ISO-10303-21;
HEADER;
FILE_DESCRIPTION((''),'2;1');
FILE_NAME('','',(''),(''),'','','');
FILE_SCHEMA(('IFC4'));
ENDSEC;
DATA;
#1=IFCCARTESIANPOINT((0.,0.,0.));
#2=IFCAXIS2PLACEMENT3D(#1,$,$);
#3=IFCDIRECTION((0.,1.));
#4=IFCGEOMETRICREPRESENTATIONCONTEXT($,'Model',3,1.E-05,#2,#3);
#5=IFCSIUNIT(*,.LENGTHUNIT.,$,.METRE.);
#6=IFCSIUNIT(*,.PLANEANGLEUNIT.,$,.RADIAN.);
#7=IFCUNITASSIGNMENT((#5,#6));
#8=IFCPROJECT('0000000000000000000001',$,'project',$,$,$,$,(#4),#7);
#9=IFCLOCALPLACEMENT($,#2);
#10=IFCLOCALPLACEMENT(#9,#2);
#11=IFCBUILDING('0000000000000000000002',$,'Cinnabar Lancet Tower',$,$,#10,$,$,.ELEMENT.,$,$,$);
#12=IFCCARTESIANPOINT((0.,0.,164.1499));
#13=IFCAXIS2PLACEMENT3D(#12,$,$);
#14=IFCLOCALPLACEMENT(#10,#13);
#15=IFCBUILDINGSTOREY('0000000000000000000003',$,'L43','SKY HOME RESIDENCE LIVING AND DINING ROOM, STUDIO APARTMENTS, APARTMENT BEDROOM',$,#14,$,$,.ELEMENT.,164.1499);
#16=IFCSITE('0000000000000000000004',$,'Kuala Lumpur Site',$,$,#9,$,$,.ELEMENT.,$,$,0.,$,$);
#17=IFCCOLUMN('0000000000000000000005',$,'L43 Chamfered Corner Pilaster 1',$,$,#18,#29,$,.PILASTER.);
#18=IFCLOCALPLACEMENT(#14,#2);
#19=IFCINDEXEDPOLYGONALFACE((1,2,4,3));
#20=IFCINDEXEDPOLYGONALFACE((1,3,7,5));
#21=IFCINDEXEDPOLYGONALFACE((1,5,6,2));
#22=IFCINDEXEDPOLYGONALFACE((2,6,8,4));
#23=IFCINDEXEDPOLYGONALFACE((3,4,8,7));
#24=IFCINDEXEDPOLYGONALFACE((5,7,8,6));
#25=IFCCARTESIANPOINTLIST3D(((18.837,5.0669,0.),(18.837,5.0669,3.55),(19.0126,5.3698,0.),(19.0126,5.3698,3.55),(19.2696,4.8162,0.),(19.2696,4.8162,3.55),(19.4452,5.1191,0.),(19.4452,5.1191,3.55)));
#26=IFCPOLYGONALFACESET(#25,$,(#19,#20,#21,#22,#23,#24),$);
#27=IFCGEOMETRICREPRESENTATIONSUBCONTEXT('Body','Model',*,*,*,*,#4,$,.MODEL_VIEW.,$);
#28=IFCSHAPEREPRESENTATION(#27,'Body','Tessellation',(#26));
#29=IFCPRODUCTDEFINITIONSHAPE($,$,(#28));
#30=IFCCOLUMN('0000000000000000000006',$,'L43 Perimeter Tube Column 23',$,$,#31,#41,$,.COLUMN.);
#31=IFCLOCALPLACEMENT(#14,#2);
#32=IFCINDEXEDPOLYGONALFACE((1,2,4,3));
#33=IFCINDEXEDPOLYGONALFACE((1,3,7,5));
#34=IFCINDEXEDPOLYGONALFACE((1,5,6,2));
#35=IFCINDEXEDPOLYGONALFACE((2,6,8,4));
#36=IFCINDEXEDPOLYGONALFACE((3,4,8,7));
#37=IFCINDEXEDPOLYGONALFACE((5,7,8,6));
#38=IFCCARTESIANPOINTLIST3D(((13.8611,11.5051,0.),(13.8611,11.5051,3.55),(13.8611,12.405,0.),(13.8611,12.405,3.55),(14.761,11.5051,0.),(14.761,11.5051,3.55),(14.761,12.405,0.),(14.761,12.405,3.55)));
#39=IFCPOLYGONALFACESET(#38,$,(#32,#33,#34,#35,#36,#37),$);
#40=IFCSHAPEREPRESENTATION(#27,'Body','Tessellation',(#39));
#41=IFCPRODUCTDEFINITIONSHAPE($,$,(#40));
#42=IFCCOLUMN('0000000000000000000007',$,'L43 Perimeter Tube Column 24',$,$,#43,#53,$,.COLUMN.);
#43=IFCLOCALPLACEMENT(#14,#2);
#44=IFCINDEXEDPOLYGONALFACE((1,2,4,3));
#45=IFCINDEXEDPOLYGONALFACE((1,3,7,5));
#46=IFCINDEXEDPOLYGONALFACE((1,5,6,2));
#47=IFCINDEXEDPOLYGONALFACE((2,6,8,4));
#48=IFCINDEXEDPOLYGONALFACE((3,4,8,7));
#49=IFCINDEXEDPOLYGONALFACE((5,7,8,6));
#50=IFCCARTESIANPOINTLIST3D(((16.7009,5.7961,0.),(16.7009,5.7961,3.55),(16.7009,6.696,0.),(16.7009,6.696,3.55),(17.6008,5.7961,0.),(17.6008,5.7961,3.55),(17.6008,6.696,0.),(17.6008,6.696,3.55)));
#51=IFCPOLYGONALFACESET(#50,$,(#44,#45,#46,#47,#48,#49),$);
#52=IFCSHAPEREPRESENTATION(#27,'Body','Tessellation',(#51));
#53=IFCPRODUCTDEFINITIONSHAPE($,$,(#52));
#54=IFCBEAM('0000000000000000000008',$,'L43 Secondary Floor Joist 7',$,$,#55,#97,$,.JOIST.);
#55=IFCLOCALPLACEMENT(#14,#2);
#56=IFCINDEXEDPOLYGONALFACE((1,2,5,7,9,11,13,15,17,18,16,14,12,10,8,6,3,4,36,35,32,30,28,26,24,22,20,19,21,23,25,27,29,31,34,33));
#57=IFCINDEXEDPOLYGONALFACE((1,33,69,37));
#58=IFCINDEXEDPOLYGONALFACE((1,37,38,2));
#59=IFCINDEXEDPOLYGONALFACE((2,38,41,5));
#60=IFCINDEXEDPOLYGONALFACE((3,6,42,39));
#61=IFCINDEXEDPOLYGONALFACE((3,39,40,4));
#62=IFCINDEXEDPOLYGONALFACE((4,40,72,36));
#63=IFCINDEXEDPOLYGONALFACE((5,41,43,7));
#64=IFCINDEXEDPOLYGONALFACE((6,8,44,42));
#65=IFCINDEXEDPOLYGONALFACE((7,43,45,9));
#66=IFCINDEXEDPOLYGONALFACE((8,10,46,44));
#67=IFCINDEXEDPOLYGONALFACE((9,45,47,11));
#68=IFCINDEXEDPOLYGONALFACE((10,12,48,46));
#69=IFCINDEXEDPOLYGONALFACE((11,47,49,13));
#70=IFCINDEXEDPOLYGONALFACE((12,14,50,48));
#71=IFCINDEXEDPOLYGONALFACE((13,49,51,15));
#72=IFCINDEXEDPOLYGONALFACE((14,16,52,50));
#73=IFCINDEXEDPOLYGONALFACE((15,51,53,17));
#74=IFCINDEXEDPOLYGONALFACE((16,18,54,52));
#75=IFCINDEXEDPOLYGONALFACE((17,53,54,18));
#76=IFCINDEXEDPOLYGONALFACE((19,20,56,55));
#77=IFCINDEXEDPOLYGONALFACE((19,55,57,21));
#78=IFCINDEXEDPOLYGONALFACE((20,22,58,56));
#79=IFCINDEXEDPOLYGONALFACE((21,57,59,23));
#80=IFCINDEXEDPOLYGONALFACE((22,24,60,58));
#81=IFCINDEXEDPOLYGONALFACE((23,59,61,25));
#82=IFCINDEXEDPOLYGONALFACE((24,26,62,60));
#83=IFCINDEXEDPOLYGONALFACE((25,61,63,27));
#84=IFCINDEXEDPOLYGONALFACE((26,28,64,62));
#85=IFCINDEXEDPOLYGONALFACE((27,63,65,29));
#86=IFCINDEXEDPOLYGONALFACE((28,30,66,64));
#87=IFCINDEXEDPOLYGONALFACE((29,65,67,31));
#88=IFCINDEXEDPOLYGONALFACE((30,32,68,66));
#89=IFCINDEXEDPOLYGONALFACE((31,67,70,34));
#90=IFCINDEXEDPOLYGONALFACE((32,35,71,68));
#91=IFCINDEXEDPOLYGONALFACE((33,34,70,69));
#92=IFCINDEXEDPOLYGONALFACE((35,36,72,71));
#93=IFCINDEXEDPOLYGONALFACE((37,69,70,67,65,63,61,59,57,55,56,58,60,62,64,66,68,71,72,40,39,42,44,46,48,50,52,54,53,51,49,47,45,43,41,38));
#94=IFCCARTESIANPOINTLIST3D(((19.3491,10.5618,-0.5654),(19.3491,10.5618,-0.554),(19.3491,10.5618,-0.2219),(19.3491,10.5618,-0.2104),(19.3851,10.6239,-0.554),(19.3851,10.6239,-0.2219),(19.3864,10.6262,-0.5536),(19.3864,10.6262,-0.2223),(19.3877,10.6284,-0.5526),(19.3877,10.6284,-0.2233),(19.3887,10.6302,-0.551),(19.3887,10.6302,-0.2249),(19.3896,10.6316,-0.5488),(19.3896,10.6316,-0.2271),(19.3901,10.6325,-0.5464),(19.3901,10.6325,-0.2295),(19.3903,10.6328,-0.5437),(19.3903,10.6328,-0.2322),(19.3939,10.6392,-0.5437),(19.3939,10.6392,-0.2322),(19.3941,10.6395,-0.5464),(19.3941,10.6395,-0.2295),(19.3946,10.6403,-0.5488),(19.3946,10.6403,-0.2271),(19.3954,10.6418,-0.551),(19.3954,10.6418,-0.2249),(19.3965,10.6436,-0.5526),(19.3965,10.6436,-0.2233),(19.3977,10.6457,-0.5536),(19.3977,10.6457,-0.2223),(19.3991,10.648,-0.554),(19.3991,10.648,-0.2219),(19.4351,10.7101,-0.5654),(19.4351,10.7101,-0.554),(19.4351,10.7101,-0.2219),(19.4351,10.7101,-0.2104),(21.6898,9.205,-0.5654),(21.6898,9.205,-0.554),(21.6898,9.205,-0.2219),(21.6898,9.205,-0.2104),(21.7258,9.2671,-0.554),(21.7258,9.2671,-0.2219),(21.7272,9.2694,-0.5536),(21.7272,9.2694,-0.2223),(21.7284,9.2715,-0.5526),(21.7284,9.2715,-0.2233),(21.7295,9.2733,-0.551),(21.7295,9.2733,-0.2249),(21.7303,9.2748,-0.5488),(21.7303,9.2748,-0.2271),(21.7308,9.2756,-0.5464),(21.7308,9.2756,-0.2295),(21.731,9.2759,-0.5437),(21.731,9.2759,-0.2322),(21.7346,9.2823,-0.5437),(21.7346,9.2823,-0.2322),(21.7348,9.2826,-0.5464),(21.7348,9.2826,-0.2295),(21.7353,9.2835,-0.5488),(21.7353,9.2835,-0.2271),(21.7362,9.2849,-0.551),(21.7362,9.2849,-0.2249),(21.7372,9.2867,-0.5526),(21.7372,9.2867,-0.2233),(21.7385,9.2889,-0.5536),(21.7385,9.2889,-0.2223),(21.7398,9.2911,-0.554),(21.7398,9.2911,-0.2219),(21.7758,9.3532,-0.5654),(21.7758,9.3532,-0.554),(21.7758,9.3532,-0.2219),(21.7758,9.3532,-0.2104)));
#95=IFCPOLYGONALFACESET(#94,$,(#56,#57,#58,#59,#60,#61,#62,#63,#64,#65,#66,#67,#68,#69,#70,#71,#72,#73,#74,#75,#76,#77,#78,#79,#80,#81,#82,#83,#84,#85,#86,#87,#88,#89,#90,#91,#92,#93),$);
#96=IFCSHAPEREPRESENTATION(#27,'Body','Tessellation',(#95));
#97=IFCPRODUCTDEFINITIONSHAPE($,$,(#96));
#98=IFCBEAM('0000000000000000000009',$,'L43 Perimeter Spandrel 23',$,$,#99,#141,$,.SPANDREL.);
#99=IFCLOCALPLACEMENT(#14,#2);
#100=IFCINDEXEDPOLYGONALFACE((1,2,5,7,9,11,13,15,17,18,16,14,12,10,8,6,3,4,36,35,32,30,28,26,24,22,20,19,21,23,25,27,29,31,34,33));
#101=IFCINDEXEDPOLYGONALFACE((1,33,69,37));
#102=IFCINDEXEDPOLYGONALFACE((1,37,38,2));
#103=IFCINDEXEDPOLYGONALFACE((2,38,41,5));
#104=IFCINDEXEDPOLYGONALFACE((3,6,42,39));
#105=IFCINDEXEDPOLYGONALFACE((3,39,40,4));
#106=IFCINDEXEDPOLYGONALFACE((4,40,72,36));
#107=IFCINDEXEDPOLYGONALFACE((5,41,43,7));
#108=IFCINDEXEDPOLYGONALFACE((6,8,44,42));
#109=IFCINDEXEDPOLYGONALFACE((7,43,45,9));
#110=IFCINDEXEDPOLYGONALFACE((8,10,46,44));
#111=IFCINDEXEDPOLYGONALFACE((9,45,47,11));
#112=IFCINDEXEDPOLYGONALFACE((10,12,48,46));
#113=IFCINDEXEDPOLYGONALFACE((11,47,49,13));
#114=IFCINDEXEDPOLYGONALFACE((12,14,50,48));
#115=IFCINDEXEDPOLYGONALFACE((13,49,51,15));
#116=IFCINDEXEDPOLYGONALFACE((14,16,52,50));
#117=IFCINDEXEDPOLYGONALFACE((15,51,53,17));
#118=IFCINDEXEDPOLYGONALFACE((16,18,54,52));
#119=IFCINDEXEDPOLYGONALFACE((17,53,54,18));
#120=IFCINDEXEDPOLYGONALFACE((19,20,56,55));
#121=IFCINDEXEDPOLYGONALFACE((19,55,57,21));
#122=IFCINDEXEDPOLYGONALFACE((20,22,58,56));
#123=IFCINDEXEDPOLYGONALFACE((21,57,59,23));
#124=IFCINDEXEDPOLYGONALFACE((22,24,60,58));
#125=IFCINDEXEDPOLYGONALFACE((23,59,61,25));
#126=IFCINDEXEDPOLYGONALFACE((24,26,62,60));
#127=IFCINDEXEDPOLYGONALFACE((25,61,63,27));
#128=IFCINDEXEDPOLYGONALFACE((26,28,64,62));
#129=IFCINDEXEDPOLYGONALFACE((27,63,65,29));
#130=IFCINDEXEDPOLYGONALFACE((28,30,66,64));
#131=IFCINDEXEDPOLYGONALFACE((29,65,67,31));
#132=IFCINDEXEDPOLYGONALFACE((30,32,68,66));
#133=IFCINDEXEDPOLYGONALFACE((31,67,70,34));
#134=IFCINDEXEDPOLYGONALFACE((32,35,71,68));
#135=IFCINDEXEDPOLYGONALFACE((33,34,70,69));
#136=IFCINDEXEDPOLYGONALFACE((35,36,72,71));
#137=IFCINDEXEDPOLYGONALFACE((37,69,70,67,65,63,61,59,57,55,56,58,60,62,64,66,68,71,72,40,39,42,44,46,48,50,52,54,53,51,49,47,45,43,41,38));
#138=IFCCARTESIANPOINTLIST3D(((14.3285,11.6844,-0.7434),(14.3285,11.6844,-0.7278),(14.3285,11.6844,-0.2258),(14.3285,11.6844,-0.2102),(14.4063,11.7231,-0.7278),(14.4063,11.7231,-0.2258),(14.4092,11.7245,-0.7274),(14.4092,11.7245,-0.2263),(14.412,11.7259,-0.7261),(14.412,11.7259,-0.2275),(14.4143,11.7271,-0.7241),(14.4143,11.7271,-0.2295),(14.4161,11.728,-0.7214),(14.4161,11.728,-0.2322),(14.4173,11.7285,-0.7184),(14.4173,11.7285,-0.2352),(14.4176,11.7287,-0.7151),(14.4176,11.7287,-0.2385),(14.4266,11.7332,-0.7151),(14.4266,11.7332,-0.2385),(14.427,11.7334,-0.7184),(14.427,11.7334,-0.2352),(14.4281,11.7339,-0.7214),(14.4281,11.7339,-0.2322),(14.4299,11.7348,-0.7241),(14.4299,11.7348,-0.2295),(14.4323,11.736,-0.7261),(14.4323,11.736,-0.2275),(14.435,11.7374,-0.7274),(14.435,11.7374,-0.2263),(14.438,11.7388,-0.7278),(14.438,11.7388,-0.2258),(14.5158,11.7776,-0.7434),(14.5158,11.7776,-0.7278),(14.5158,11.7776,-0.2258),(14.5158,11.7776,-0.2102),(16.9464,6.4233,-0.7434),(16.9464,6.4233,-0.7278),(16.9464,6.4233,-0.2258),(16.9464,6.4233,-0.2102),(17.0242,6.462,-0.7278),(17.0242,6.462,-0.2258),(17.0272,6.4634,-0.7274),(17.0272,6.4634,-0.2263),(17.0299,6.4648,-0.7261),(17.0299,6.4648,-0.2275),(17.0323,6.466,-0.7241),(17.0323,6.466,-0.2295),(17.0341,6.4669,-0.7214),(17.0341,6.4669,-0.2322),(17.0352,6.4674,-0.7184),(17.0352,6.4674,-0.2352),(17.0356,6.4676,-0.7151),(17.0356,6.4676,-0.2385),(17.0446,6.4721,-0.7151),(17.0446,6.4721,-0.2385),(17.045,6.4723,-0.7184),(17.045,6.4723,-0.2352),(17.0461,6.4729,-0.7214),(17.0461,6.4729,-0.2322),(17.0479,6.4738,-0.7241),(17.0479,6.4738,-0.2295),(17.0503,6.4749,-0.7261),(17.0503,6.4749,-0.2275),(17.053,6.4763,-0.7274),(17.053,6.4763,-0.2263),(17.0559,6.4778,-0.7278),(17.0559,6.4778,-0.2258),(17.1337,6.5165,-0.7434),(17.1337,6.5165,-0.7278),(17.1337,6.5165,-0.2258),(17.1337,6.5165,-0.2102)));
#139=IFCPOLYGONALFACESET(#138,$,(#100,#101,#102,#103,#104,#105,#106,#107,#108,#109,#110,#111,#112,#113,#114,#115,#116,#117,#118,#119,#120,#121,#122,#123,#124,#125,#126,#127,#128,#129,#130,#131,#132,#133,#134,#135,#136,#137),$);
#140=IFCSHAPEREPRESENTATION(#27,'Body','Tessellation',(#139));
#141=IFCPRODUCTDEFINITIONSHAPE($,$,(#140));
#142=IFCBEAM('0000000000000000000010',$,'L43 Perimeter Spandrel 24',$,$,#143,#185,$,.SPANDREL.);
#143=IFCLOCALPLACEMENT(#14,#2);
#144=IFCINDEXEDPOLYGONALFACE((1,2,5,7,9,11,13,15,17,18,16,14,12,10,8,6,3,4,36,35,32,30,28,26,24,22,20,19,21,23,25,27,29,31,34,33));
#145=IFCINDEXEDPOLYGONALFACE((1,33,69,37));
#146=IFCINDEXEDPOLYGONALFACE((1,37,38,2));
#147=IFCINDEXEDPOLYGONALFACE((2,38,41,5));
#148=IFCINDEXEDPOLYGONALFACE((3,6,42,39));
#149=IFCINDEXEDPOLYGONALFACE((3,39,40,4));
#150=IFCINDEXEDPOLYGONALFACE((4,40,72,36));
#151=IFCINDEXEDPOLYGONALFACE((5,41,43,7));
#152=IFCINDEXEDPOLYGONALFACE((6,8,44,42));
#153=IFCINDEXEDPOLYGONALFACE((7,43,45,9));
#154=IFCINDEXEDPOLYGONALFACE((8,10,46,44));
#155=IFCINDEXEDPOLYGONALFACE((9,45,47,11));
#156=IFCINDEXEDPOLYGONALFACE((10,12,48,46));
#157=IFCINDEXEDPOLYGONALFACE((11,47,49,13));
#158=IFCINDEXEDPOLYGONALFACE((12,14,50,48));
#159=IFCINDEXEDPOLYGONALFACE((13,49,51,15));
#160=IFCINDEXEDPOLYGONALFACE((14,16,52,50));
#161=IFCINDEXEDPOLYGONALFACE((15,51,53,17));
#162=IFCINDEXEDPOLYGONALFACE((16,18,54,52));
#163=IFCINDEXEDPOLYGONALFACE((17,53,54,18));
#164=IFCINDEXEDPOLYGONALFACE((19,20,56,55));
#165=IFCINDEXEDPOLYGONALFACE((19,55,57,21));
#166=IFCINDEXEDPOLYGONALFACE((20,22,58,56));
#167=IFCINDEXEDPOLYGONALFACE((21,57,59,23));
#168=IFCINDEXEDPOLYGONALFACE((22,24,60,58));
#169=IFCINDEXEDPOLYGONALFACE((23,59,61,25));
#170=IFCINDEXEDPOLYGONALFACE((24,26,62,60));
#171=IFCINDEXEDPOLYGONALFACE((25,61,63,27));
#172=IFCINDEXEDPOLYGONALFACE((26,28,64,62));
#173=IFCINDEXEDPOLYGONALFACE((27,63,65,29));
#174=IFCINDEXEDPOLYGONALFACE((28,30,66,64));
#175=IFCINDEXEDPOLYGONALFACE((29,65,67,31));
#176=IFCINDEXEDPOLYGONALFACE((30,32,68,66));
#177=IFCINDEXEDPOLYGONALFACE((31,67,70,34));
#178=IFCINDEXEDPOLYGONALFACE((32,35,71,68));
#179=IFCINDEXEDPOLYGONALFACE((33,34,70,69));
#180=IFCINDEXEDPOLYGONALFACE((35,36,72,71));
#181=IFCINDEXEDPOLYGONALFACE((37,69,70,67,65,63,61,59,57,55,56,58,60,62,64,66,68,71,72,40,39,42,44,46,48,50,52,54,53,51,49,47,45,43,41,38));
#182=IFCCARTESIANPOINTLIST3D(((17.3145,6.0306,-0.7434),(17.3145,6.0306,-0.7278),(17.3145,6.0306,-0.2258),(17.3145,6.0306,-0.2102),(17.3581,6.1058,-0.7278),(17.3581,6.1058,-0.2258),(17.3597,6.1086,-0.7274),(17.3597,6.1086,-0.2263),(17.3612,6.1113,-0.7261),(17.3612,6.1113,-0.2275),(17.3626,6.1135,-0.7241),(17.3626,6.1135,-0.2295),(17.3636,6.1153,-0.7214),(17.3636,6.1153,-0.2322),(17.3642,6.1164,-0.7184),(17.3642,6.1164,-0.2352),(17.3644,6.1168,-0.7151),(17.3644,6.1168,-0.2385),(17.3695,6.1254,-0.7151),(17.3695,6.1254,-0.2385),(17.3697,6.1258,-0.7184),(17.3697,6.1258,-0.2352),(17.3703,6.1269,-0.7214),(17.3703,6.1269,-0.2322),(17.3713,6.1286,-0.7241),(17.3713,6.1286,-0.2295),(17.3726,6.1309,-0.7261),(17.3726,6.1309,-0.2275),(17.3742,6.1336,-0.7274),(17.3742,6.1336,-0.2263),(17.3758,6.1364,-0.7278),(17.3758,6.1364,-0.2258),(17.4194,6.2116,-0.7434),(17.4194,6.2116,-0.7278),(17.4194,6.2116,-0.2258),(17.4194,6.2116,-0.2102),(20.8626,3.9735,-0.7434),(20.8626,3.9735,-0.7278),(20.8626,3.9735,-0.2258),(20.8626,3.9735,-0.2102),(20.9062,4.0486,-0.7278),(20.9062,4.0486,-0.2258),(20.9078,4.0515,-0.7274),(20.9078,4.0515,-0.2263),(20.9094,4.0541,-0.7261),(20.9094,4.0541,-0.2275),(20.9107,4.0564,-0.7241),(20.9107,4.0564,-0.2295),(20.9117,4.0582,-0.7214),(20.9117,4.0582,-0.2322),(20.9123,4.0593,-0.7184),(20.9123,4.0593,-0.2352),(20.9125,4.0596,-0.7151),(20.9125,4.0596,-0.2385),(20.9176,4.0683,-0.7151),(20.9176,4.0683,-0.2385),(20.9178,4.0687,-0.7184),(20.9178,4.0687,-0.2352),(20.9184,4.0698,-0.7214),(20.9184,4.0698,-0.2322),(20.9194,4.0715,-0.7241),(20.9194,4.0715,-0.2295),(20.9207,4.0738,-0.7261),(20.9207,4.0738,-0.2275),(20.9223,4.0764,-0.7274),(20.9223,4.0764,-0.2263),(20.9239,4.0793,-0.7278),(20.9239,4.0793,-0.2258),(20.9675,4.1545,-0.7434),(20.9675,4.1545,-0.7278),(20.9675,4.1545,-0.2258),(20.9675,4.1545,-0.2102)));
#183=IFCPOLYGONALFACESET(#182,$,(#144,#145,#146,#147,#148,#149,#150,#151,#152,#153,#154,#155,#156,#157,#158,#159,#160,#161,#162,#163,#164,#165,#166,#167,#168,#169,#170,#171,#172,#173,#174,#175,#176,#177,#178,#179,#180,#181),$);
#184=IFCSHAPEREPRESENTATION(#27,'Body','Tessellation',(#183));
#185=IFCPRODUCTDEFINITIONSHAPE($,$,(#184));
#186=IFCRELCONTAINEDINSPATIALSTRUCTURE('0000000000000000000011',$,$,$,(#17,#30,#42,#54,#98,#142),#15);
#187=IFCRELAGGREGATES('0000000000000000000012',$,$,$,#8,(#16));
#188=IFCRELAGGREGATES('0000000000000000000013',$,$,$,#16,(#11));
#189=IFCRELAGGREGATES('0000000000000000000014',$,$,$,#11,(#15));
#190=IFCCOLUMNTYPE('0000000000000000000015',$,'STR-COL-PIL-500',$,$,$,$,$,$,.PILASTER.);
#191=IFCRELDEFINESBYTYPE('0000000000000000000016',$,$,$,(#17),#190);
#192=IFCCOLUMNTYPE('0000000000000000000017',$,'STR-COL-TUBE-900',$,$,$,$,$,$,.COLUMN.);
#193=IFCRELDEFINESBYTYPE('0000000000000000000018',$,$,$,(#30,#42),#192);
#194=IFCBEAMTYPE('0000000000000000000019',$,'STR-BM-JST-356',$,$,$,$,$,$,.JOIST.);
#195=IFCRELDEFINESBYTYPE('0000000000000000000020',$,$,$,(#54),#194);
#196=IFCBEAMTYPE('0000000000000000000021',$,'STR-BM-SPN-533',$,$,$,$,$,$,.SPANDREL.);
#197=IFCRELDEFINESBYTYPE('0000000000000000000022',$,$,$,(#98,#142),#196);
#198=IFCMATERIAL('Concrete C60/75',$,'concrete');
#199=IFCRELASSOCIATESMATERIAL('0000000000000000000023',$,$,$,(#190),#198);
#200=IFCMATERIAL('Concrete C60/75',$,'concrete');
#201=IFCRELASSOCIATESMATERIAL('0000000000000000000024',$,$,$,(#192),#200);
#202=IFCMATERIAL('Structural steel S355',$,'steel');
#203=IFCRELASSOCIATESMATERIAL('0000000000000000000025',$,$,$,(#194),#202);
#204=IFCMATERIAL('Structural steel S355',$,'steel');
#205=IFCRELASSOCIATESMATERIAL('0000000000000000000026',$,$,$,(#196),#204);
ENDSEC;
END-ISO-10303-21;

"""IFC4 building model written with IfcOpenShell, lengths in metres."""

from ifc_helpers import new_model, si_unit, direction, frame, origin, origin_2d, place, context, subcontext, project, spatial, rectangle, i_section, extrude, material, material_profile, profile_set, type_object, element, save


model = new_model("IFC4")

# Units and contexts
model_context = context("Model", 3, precision=1e-05, world=origin(), true_north=direction((0.0, 1.0)))
body_context = subcontext(model_context, "Body", "Model", "MODEL_VIEW")
ifc_project = project(units=[si_unit("LENGTHUNIT", "METRE"), si_unit("PLANEANGLEUNIT", "RADIAN")], contexts=[model_context])

# Site, building, storey
site_placement = place(None, origin())
site = spatial("IfcSite", under=ifc_project, at=site_placement, Name="Kuala Lumpur Site", CompositionType="ELEMENT", RefElevation=0.0)
building_placement = place(site_placement, origin())
building = spatial("IfcBuilding", under=site, at=building_placement, Name="Cinnabar Lancet Tower", CompositionType="ELEMENT")
storey_placement = place(building_placement, frame((0.0, 0.0, 164.1499)))
storey = spatial("IfcBuildingStorey", under=building, at=storey_placement, Name="L43", Description="SKY HOME RESIDENCE LIVING AND DINING ROOM, STUDIO APARTMENTS, APARTMENT BEDROOM", CompositionType="ELEMENT", Elevation=164.1499)

# Columns
ifc_material_1 = material(Name="Concrete C60/75", Category="concrete")
ifc_material_profile_1 = material_profile(ifc_material_1, rectangle(XDim=0.5, YDim=0.3501, at=origin_2d()), Name="RC-PIL 500x350")
ifc_profile_set_1 = profile_set([ifc_material_profile_1], Name="Concrete C60/75")
column_type_1 = type_object("IfcColumnType", Name="STR-COL-PIL-500", PredefinedType="PILASTER", material=ifc_profile_set_1)
column_placement = place(storey_placement, frame((19.1411, 5.093, 0.0), z_axis=(0.0, 0.0, 1.0), x_axis=(0.86516, -0.501496, 0.0)))
element("IfcColumn", 1, at=column_placement, inside=storey, type_object=column_type_1, Name="L43 Chamfered Corner Pilaster 1", PredefinedType="PILASTER", context=body_context, shape_type="SweptSolid", body=[
    extrude(rectangle(XDim=0.5, YDim=0.3501, at=origin_2d()), origin(), (0.0, 0.0, 1.0), 3.55),
])
ifc_material_2 = material(Name="Concrete C60/75", Category="concrete")
ifc_material_profile_2 = material_profile(ifc_material_2, rectangle(XDim=0.8999, YDim=0.8999, at=origin_2d()), Name="RC-COL 900x900")
ifc_profile_set_2 = profile_set([ifc_material_profile_2], Name="Concrete C60/75")
column_type_2 = type_object("IfcColumnType", Name="STR-COL-TUBE-900", PredefinedType="COLUMN", material=ifc_profile_set_2)
for number, where, z_axis, x_axis, name in (
    (2, (14.311, 11.9551, 0.0), (0.0, 0.0, 1.0), (1.0, 0.0, 0.0), "L43 Perimeter Tube Column 23"),
    (3, (17.1509, 6.2461, 0.0), (0.0, 0.0, 1.0), (1.0, 0.0, 0.0), "L43 Perimeter Tube Column 24"),
):
    element("IfcColumn", number, at=place(storey_placement, frame(where, z_axis=z_axis, x_axis=x_axis)), inside=storey, type_object=column_type_2, Name=name, PredefinedType="COLUMN", context=body_context, shape_type="SweptSolid", body=[
        extrude(rectangle(XDim=0.8999, YDim=0.8999, at=origin_2d()), origin(), (0.0, 0.0, 1.0), 3.55),
    ])

# Beams
ifc_material_3 = material(Name="Structural steel S355", Category="steel")
ifc_material_profile_3 = material_profile(ifc_material_3, i_section(OverallWidth=0.1714, OverallDepth=0.355, WebThickness=0.0073, FlangeThickness=0.0115, FilletRadius=0.0103, at=origin_2d()), Name="UKB 356x171x51")
ifc_profile_set_3 = profile_set([ifc_material_profile_3], Name="Structural steel S355")
beam_type_1 = type_object("IfcBeamType", Name="STR-BM-JST-356", PredefinedType="JOIST", material=ifc_profile_set_3)
beam_1_placement = place(storey_placement, frame((19.3921, 10.636, -0.3879), z_axis=(0.86515, -0.501513, 0.0), x_axis=(0.501513, 0.86515, 0.0)))
element("IfcBeam", 4, at=beam_1_placement, inside=storey, type_object=beam_type_1, Name="L43 Secondary Floor Joist 7", PredefinedType="JOIST", context=body_context, shape_type="SweptSolid", body=[
    extrude(i_section(OverallWidth=0.1714, OverallDepth=0.355, WebThickness=0.0073, FlangeThickness=0.0115, FilletRadius=0.0103, at=origin_2d()), origin(), (0.0, 0.0, 1.0), 2.7056),
])
ifc_material_4 = material(Name="Structural steel S355", Category="steel")
ifc_material_profile_4 = material_profile(ifc_material_4, i_section(OverallWidth=0.2092, OverallDepth=0.5332, WebThickness=0.01, FlangeThickness=0.0156, FilletRadius=0.0127, at=origin_2d()), Name="UKB 533x210x92")
ifc_profile_set_4 = profile_set([ifc_material_profile_4], Name="Structural steel S355")
beam_type_2 = type_object("IfcBeamType", Name="STR-BM-SPN-533", PredefinedType="SPANDREL", material=ifc_profile_set_4)
beam_2_placement = place(storey_placement, frame((14.4221, 11.731, -0.4768), z_axis=(0.445501, -0.895281, 0.0), x_axis=(0.895281, 0.445501, 0.0)))
element("IfcBeam", 5, at=beam_2_placement, inside=storey, type_object=beam_type_2, Name="L43 Perimeter Spandrel 23", PredefinedType="SPANDREL", context=body_context, shape_type="SweptSolid", body=[
    extrude(i_section(OverallWidth=0.2092, OverallDepth=0.5332, WebThickness=0.01, FlangeThickness=0.0156, FilletRadius=0.0127, at=origin_2d()), origin(), (0.0, 0.0, 1.0), 5.8765),
])
beam_3_placement = place(storey_placement, frame((17.3669, 6.1211, -0.4768), z_axis=(0.865112, -0.501578, 0.0), x_axis=(0.501578, 0.865112, 0.0)))
element("IfcBeam", 6, at=beam_3_placement, inside=storey, type_object=beam_type_2, Name="L43 Perimeter Spandrel 24", PredefinedType="SPANDREL", context=body_context, shape_type="SweptSolid", body=[
    extrude(i_section(OverallWidth=0.2092, OverallDepth=0.5332, WebThickness=0.01, FlangeThickness=0.0156, FilletRadius=0.0127, at=origin_2d()), origin(), (0.0, 0.0, 1.0), 4.1013),
])

save(model, "model.ifc")
